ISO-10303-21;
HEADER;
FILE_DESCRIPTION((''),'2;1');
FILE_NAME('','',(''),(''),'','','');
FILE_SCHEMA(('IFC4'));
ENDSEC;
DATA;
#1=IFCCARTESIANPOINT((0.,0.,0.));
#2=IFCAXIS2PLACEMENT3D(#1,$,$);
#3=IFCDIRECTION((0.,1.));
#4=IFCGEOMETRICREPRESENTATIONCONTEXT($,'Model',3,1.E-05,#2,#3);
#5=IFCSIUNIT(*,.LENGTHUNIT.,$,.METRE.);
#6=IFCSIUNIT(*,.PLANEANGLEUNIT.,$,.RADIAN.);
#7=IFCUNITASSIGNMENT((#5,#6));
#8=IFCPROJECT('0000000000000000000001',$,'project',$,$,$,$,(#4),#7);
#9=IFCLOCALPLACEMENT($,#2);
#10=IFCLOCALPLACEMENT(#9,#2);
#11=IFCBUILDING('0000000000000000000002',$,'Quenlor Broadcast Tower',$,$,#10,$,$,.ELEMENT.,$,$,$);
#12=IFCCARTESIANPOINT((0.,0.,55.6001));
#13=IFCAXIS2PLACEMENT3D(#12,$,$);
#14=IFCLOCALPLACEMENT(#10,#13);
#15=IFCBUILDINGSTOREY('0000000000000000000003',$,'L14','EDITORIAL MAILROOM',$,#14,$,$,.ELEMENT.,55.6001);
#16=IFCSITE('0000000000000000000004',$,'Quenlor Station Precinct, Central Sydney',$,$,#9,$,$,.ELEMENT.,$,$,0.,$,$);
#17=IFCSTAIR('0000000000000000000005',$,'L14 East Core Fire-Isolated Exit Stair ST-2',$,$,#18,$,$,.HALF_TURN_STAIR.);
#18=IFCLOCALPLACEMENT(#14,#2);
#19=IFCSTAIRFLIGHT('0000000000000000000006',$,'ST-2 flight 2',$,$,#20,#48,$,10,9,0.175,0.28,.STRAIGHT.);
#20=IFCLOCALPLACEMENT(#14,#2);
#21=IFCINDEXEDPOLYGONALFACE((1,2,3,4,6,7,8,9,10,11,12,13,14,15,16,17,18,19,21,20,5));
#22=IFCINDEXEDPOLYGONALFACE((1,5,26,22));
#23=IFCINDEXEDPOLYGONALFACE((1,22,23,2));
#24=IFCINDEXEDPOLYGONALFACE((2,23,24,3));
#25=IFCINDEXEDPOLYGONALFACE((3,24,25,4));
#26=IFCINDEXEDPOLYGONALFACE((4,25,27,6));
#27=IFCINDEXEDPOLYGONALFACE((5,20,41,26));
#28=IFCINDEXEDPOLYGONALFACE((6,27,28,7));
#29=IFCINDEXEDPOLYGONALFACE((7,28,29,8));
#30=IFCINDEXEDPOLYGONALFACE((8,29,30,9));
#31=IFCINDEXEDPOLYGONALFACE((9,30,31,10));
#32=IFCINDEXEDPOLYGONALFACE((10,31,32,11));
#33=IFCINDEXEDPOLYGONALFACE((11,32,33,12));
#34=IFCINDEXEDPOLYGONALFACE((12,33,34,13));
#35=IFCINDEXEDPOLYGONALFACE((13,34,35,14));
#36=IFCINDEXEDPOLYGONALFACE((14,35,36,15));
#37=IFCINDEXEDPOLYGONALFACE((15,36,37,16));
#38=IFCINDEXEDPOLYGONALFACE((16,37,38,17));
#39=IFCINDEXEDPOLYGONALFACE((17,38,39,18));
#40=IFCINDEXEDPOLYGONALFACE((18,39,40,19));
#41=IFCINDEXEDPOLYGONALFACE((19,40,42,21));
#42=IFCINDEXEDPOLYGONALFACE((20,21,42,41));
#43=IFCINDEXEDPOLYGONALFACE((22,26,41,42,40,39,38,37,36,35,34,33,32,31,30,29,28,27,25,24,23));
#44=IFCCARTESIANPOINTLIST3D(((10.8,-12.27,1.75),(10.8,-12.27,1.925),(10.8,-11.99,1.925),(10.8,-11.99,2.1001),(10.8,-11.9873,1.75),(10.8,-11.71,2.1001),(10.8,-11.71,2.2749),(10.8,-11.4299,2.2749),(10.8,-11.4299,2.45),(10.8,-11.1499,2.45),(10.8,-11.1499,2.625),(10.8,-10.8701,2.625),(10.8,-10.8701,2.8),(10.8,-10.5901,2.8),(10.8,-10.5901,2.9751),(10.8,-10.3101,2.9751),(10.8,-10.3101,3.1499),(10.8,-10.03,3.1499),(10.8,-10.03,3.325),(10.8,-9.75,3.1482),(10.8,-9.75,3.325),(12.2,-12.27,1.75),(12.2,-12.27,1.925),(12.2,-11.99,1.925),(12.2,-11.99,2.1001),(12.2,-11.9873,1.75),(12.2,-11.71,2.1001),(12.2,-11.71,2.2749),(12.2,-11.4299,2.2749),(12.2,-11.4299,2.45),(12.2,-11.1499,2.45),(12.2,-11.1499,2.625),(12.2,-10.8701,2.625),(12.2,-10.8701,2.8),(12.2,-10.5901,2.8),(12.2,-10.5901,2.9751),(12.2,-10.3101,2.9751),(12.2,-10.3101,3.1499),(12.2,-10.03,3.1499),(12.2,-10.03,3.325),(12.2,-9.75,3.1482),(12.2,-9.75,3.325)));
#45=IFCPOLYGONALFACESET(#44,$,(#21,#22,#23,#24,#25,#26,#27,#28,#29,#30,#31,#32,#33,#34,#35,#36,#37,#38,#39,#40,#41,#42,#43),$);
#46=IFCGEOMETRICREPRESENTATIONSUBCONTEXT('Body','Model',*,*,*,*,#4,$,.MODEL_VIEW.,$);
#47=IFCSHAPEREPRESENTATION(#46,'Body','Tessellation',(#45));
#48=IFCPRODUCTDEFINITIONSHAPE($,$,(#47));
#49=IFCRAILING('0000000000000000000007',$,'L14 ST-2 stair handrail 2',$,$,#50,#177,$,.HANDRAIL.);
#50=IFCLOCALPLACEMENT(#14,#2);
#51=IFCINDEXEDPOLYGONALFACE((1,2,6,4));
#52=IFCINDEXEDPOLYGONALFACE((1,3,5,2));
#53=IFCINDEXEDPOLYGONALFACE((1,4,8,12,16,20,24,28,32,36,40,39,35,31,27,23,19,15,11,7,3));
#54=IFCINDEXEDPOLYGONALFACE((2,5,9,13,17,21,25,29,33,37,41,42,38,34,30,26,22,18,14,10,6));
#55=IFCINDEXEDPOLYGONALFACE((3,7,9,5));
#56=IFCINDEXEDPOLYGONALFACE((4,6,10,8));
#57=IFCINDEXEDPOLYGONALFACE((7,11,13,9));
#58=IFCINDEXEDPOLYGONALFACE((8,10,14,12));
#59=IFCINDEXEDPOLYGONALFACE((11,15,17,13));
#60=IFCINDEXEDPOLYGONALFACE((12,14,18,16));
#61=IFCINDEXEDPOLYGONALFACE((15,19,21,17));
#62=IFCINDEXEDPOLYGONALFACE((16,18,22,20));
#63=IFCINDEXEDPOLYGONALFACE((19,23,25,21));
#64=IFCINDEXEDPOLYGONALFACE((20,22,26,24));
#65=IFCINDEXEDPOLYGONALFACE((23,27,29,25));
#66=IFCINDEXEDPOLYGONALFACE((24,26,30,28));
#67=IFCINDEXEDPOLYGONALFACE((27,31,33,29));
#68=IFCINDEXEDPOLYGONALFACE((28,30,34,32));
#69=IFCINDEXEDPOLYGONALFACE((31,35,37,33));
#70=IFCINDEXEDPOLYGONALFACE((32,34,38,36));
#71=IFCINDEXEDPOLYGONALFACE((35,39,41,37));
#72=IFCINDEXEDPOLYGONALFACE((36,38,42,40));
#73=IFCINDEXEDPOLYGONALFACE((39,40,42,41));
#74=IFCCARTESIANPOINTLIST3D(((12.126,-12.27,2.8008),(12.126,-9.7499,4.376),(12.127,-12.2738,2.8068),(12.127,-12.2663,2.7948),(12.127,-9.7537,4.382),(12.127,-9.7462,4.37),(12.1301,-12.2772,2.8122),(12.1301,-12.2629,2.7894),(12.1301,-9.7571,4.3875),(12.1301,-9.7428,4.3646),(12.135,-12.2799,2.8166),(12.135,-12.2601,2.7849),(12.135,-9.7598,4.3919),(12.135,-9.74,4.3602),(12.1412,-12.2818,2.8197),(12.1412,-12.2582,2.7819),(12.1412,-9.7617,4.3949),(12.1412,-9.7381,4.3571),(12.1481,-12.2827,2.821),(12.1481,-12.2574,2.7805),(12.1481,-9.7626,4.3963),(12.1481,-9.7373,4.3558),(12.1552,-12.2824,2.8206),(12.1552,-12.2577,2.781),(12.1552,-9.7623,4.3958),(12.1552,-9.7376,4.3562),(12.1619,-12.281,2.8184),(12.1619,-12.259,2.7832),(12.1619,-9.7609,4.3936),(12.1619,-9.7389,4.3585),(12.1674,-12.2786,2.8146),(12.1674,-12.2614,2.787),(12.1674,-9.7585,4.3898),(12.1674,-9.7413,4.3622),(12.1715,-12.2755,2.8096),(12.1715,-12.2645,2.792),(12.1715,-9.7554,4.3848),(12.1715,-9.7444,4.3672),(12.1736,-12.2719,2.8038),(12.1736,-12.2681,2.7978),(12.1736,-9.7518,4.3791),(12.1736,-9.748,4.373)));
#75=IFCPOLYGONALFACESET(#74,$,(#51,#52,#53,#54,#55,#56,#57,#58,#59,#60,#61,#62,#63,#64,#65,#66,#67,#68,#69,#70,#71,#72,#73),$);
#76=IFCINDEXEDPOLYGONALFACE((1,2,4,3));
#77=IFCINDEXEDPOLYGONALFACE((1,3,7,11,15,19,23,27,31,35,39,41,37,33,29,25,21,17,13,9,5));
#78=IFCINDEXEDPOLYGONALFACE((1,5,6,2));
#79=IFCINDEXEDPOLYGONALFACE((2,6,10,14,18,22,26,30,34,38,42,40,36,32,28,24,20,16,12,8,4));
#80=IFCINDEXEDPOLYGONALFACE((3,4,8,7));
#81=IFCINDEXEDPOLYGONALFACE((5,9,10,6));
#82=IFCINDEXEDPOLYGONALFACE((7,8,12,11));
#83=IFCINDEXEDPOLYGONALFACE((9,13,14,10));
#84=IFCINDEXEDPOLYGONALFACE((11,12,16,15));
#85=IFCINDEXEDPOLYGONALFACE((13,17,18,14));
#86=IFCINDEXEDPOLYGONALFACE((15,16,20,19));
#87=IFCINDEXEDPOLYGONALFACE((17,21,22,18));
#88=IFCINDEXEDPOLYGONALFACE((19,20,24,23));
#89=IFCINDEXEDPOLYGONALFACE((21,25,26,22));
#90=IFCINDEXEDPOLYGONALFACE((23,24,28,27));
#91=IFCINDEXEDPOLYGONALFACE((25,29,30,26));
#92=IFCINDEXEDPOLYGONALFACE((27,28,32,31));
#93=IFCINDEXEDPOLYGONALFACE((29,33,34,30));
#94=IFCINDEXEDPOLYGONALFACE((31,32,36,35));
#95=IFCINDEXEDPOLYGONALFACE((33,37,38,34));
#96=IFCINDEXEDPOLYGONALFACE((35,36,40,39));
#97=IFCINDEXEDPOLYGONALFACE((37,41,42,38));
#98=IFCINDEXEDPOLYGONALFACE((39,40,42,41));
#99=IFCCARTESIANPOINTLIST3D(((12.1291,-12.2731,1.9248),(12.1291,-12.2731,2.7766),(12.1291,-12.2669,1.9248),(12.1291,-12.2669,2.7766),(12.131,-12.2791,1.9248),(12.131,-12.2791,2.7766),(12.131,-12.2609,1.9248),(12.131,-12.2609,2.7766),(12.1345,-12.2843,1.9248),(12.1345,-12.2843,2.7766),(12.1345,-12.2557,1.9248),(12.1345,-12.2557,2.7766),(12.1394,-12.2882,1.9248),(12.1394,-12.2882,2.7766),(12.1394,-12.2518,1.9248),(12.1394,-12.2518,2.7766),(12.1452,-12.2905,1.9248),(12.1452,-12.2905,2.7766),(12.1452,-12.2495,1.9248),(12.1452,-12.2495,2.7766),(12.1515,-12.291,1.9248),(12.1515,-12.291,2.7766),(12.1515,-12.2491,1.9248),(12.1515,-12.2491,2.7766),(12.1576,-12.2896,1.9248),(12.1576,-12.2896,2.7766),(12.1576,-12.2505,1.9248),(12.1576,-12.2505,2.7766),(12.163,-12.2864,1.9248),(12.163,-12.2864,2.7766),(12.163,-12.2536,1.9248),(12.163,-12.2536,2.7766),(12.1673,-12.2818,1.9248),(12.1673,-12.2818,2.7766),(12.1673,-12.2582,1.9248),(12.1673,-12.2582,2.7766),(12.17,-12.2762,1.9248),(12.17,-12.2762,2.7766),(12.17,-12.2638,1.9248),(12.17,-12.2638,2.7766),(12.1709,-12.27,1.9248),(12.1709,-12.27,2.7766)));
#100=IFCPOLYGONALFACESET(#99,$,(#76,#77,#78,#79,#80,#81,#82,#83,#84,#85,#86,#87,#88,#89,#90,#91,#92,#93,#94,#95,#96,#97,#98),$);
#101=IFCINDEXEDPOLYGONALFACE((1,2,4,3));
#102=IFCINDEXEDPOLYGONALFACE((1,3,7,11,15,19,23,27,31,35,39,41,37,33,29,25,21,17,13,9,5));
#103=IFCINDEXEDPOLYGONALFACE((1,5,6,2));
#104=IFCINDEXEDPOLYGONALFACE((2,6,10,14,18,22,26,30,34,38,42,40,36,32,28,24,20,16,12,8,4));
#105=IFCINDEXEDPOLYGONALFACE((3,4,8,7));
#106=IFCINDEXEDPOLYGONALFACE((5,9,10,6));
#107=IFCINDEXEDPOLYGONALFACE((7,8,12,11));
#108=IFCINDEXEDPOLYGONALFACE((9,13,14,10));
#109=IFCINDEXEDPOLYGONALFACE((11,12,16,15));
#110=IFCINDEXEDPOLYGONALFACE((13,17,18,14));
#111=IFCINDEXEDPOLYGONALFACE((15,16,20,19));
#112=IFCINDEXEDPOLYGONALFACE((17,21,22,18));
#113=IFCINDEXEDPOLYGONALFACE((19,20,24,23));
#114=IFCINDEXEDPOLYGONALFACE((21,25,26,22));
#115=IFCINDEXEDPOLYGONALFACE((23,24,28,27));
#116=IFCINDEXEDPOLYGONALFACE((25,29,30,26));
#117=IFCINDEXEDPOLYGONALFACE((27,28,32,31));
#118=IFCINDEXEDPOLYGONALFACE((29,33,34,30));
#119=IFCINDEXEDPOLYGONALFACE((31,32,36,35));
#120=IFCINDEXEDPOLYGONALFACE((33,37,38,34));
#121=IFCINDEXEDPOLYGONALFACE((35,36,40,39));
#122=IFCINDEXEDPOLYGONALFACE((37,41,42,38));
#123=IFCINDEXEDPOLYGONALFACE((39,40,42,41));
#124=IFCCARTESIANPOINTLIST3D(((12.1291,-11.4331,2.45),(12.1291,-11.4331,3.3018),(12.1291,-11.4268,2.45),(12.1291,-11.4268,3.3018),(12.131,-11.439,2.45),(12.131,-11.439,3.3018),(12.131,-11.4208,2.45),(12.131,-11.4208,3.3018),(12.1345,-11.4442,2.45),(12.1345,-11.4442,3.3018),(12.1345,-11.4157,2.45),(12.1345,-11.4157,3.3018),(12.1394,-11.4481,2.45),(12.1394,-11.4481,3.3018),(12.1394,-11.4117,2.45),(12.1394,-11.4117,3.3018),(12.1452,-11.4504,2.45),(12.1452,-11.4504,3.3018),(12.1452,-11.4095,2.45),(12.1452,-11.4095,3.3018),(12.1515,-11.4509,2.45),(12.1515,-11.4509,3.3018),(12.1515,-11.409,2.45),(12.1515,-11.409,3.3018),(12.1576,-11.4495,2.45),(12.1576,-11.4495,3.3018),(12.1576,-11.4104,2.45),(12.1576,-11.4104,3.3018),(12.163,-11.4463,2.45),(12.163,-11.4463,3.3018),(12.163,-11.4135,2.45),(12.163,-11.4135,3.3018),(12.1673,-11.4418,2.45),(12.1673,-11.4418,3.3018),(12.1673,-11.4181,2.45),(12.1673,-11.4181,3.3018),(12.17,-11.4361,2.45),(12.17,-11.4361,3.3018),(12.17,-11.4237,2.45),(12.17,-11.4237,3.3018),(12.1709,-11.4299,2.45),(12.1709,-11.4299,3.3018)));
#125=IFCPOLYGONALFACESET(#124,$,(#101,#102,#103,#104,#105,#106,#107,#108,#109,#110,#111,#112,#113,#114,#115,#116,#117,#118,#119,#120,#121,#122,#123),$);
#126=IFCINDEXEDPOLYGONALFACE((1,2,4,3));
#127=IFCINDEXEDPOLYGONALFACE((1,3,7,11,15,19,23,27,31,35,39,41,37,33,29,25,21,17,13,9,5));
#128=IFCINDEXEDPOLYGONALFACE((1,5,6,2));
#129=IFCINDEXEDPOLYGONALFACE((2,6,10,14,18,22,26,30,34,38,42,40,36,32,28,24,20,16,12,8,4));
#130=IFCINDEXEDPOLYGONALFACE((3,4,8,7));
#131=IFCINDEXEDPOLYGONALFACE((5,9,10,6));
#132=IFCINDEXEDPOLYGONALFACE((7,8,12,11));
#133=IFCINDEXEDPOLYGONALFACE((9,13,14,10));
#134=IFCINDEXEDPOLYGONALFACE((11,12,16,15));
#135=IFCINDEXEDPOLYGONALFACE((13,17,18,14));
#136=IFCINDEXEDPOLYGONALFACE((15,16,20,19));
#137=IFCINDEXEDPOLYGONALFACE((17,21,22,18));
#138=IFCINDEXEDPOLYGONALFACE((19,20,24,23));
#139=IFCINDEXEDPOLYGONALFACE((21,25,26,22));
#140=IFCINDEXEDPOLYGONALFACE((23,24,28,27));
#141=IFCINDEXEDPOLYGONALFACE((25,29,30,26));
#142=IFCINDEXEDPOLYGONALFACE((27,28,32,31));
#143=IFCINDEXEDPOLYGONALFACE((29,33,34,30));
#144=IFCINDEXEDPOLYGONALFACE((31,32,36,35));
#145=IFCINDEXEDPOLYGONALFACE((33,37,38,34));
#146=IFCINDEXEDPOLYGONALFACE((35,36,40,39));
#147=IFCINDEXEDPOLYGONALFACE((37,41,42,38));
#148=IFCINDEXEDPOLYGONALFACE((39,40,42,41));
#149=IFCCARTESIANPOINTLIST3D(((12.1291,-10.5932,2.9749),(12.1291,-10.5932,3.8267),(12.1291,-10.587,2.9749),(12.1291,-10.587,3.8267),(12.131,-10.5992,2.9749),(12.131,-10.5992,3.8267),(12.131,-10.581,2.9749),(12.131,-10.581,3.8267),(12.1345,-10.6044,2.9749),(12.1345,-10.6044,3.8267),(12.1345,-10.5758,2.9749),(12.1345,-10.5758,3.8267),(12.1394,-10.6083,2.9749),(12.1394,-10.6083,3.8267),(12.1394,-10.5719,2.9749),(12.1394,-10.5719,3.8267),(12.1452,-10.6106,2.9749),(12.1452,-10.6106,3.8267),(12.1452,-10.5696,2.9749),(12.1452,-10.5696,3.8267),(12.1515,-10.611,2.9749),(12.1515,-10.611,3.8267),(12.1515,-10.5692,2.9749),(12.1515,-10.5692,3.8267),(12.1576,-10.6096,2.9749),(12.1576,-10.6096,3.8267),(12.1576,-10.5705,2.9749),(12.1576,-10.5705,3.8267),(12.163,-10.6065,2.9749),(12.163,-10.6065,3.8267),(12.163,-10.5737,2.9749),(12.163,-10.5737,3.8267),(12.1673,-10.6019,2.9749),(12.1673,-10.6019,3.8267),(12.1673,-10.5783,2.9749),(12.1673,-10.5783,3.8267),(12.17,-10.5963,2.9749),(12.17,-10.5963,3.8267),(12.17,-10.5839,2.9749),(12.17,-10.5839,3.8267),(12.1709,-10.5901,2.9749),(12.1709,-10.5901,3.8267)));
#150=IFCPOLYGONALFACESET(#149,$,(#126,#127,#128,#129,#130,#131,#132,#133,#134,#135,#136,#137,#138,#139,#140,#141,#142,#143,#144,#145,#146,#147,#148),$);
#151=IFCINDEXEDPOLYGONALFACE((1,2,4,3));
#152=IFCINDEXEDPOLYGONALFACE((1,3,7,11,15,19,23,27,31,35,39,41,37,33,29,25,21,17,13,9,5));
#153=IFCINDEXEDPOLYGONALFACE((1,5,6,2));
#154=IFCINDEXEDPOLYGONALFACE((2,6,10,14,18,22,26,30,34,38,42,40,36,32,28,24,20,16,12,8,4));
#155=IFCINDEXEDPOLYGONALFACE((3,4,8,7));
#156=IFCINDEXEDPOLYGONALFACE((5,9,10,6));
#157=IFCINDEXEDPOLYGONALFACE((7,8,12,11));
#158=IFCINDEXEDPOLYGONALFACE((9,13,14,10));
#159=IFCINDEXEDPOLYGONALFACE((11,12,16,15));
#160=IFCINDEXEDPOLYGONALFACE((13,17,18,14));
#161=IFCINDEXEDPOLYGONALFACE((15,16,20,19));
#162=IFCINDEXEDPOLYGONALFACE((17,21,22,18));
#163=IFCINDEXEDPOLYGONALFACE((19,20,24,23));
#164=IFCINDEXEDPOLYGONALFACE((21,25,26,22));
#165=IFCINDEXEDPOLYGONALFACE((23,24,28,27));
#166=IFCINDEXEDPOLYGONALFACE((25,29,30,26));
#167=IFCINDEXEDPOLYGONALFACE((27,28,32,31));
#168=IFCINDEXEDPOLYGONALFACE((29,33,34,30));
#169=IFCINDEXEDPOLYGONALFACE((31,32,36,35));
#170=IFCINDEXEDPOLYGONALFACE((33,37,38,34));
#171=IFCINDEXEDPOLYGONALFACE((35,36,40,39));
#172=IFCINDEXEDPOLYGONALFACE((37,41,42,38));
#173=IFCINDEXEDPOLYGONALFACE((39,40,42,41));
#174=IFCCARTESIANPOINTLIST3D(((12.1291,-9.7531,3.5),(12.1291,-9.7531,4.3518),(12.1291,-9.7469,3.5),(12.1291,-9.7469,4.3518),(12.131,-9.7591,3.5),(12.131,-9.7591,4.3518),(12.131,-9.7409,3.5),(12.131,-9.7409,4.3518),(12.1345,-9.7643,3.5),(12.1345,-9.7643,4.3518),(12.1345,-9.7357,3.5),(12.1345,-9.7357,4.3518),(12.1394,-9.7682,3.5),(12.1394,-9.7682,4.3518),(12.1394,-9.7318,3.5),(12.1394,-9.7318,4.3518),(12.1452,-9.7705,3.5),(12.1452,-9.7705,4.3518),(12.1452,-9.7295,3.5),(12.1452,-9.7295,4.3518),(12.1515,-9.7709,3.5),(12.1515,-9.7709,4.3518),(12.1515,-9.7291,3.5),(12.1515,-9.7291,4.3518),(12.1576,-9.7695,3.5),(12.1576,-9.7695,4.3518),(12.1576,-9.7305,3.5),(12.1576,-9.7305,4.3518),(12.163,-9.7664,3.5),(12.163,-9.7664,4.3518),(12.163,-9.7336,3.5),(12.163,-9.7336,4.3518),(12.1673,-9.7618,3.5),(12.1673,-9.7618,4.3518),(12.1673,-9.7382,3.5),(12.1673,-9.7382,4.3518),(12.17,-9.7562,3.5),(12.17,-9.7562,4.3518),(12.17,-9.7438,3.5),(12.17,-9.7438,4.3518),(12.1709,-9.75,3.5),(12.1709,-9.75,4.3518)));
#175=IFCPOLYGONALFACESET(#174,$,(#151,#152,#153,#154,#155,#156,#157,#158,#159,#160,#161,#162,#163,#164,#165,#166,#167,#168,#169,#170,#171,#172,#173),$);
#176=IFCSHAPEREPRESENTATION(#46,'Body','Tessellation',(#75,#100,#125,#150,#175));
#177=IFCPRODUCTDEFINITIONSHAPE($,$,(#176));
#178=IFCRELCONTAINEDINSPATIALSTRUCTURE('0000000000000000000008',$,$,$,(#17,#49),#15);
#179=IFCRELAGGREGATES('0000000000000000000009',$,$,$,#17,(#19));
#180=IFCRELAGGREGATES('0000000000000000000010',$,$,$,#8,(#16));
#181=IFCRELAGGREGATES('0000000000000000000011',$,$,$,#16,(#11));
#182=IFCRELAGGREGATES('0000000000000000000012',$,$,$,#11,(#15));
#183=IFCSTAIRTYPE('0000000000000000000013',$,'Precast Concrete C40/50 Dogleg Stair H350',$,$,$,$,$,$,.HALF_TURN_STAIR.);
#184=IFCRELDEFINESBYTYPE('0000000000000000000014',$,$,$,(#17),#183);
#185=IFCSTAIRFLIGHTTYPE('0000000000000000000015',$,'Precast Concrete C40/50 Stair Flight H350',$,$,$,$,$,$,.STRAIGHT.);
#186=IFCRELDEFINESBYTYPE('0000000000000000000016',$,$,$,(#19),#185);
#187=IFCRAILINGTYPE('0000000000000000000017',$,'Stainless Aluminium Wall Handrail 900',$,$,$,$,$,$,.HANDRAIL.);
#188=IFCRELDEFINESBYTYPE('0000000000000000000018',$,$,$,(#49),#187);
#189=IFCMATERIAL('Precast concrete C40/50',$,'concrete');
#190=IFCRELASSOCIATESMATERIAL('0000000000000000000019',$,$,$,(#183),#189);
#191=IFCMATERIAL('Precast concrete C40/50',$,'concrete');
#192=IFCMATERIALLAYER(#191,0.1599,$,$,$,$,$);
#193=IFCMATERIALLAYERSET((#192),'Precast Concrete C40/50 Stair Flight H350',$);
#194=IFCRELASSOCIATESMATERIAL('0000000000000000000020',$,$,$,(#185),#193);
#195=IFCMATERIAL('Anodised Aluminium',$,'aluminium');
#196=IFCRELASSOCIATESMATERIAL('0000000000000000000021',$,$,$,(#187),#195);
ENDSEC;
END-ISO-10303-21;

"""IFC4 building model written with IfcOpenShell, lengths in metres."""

from ifc_helpers import new_model, si_unit, direction, frame, origin, origin_2d, place, context, subcontext, project, spatial, polyline, circle, outline, extrude, material, layer, layer_set, type_object, element, aggregate, save


model = new_model("IFC4")

# Units and contexts
model_context = context("Model", 3, precision=1e-05, world=origin(), true_north=direction((0.0, 1.0)))
body_context = subcontext(model_context, "Body", "Model", "MODEL_VIEW")
ifc_project = project(units=[si_unit("LENGTHUNIT", "METRE"), si_unit("PLANEANGLEUNIT", "RADIAN")], contexts=[model_context])

# Site, building, storey
site_placement = place(None, origin())
site = spatial("IfcSite", under=ifc_project, at=site_placement, Name="Quenlor Station Precinct, Central Sydney", CompositionType="ELEMENT", RefElevation=0.0)
building_placement = place(site_placement, origin())
building = spatial("IfcBuilding", under=site, at=building_placement, Name="Quenlor Broadcast Tower", CompositionType="ELEMENT")
storey_placement = place(building_placement, frame((0.0, 0.0, 55.6001)))
storey = spatial("IfcBuildingStorey", under=building, at=storey_placement, Name="L14", Description="EDITORIAL MAILROOM", CompositionType="ELEMENT", Elevation=55.6001)

# Stair, stair flight
ifc_material_1 = material(Name="Precast concrete C40/50", Category="concrete")
stair_type = type_object("IfcStairType", Name="Precast Concrete C40/50 Dogleg Stair H350", PredefinedType="HALF_TURN_STAIR", material=ifc_material_1)
stair_placement = place(storey_placement, origin())
stair = element("IfcStair", 1, at=stair_placement, inside=storey, type_object=stair_type, Name="L14 East Core Fire-Isolated Exit Stair ST-2", PredefinedType="HALF_TURN_STAIR")
ifc_material_2 = material(Name="Precast concrete C40/50", Category="concrete")
ifc_layer_1 = layer(ifc_material_2, 0.1599)
ifc_layer_set_1 = layer_set([ifc_layer_1], Name="Precast Concrete C40/50 Stair Flight H350")
stair_flight_type = type_object("IfcStairFlightType", Name="Precast Concrete C40/50 Stair Flight H350", PredefinedType="STRAIGHT", material=ifc_layer_set_1)
stair_flight_placement = place(storey_placement, frame((11.5, -12.27, 1.75), z_axis=(0.0, 0.0, 1.0), x_axis=(0.0, 1.0, 0.0)))
stair_flight = element("IfcStairFlight", 2, at=stair_flight_placement, type_object=stair_flight_type, Name="ST-2 flight 2", NumberOfRisers=10, NumberOfTreads=9, PredefinedType="STRAIGHT", RiserHeight=0.175, TreadLength=0.28, context=body_context, shape_type="SweptSolid", body=[
    extrude(outline(polyline([(0.0, 0.0), (0.0, 0.175), (0.28, 0.175), (0.28, 0.3501), (0.5601, 0.3501), (0.5601, 0.5249), (0.8401, 0.5249), (0.8401, 0.7), (1.1201, 0.7), (1.1201, 0.875), (1.3999, 0.875), (1.3999, 1.05), (1.6799, 1.05), (1.6799, 1.2251), (1.96, 1.2251), (1.96, 1.3999), (2.24, 1.3999), (2.24, 1.575), (2.52, 1.575), (2.52, 1.75), (2.52, 1.3982), (0.2827, 0.0), (0.0, 0.0)])), frame((0.0, 0.7, 0.0), z_axis=(0.0, -1.0, 0.0), x_axis=(1.0, 0.0, 0.0)), (0.0, 0.0, 1.0), 1.3999),
])
aggregate(stair, [stair_flight])

# Railing
ifc_material_3 = material(Name="Anodised Aluminium", Category="aluminium")
railing_type = type_object("IfcRailingType", Name="Stainless Aluminium Wall Handrail 900", PredefinedType="HANDRAIL", material=ifc_material_3)
railing_placement = place(storey_placement, frame((12.1499, -12.27, 1.9248)))
element("IfcRailing", 3, at=railing_placement, inside=storey, type_object=railing_type, Name="L14 ST-2 stair handrail 2", PredefinedType="HANDRAIL", context=body_context, shape_type="SweptSolid", body=[
    extrude(circle(Radius=0.0239, at=origin_2d()), frame((0.0, 0.0, 0.876), z_axis=(0.0, 0.847971, 0.530043), x_axis=(-1.0, 0.0, 0.0)), (0.0, 0.0, 1.0), 2.9719),
    extrude(circle(Radius=0.021, at=origin_2d()), origin(), (0.0, 0.0, 1.0), 0.8518),
    extrude(circle(Radius=0.021, at=origin_2d()), frame((0.0, 0.8401, 0.5251)), (0.0, 0.0, 1.0), 0.8518),
    extrude(circle(Radius=0.021, at=origin_2d()), frame((0.0, 1.6799, 1.05)), (0.0, 0.0, 1.0), 0.8518),
    extrude(circle(Radius=0.021, at=origin_2d()), frame((0.0, 2.52, 1.5752)), (0.0, 0.0, 1.0), 0.8518),
])

save(model, "model.ifc")
